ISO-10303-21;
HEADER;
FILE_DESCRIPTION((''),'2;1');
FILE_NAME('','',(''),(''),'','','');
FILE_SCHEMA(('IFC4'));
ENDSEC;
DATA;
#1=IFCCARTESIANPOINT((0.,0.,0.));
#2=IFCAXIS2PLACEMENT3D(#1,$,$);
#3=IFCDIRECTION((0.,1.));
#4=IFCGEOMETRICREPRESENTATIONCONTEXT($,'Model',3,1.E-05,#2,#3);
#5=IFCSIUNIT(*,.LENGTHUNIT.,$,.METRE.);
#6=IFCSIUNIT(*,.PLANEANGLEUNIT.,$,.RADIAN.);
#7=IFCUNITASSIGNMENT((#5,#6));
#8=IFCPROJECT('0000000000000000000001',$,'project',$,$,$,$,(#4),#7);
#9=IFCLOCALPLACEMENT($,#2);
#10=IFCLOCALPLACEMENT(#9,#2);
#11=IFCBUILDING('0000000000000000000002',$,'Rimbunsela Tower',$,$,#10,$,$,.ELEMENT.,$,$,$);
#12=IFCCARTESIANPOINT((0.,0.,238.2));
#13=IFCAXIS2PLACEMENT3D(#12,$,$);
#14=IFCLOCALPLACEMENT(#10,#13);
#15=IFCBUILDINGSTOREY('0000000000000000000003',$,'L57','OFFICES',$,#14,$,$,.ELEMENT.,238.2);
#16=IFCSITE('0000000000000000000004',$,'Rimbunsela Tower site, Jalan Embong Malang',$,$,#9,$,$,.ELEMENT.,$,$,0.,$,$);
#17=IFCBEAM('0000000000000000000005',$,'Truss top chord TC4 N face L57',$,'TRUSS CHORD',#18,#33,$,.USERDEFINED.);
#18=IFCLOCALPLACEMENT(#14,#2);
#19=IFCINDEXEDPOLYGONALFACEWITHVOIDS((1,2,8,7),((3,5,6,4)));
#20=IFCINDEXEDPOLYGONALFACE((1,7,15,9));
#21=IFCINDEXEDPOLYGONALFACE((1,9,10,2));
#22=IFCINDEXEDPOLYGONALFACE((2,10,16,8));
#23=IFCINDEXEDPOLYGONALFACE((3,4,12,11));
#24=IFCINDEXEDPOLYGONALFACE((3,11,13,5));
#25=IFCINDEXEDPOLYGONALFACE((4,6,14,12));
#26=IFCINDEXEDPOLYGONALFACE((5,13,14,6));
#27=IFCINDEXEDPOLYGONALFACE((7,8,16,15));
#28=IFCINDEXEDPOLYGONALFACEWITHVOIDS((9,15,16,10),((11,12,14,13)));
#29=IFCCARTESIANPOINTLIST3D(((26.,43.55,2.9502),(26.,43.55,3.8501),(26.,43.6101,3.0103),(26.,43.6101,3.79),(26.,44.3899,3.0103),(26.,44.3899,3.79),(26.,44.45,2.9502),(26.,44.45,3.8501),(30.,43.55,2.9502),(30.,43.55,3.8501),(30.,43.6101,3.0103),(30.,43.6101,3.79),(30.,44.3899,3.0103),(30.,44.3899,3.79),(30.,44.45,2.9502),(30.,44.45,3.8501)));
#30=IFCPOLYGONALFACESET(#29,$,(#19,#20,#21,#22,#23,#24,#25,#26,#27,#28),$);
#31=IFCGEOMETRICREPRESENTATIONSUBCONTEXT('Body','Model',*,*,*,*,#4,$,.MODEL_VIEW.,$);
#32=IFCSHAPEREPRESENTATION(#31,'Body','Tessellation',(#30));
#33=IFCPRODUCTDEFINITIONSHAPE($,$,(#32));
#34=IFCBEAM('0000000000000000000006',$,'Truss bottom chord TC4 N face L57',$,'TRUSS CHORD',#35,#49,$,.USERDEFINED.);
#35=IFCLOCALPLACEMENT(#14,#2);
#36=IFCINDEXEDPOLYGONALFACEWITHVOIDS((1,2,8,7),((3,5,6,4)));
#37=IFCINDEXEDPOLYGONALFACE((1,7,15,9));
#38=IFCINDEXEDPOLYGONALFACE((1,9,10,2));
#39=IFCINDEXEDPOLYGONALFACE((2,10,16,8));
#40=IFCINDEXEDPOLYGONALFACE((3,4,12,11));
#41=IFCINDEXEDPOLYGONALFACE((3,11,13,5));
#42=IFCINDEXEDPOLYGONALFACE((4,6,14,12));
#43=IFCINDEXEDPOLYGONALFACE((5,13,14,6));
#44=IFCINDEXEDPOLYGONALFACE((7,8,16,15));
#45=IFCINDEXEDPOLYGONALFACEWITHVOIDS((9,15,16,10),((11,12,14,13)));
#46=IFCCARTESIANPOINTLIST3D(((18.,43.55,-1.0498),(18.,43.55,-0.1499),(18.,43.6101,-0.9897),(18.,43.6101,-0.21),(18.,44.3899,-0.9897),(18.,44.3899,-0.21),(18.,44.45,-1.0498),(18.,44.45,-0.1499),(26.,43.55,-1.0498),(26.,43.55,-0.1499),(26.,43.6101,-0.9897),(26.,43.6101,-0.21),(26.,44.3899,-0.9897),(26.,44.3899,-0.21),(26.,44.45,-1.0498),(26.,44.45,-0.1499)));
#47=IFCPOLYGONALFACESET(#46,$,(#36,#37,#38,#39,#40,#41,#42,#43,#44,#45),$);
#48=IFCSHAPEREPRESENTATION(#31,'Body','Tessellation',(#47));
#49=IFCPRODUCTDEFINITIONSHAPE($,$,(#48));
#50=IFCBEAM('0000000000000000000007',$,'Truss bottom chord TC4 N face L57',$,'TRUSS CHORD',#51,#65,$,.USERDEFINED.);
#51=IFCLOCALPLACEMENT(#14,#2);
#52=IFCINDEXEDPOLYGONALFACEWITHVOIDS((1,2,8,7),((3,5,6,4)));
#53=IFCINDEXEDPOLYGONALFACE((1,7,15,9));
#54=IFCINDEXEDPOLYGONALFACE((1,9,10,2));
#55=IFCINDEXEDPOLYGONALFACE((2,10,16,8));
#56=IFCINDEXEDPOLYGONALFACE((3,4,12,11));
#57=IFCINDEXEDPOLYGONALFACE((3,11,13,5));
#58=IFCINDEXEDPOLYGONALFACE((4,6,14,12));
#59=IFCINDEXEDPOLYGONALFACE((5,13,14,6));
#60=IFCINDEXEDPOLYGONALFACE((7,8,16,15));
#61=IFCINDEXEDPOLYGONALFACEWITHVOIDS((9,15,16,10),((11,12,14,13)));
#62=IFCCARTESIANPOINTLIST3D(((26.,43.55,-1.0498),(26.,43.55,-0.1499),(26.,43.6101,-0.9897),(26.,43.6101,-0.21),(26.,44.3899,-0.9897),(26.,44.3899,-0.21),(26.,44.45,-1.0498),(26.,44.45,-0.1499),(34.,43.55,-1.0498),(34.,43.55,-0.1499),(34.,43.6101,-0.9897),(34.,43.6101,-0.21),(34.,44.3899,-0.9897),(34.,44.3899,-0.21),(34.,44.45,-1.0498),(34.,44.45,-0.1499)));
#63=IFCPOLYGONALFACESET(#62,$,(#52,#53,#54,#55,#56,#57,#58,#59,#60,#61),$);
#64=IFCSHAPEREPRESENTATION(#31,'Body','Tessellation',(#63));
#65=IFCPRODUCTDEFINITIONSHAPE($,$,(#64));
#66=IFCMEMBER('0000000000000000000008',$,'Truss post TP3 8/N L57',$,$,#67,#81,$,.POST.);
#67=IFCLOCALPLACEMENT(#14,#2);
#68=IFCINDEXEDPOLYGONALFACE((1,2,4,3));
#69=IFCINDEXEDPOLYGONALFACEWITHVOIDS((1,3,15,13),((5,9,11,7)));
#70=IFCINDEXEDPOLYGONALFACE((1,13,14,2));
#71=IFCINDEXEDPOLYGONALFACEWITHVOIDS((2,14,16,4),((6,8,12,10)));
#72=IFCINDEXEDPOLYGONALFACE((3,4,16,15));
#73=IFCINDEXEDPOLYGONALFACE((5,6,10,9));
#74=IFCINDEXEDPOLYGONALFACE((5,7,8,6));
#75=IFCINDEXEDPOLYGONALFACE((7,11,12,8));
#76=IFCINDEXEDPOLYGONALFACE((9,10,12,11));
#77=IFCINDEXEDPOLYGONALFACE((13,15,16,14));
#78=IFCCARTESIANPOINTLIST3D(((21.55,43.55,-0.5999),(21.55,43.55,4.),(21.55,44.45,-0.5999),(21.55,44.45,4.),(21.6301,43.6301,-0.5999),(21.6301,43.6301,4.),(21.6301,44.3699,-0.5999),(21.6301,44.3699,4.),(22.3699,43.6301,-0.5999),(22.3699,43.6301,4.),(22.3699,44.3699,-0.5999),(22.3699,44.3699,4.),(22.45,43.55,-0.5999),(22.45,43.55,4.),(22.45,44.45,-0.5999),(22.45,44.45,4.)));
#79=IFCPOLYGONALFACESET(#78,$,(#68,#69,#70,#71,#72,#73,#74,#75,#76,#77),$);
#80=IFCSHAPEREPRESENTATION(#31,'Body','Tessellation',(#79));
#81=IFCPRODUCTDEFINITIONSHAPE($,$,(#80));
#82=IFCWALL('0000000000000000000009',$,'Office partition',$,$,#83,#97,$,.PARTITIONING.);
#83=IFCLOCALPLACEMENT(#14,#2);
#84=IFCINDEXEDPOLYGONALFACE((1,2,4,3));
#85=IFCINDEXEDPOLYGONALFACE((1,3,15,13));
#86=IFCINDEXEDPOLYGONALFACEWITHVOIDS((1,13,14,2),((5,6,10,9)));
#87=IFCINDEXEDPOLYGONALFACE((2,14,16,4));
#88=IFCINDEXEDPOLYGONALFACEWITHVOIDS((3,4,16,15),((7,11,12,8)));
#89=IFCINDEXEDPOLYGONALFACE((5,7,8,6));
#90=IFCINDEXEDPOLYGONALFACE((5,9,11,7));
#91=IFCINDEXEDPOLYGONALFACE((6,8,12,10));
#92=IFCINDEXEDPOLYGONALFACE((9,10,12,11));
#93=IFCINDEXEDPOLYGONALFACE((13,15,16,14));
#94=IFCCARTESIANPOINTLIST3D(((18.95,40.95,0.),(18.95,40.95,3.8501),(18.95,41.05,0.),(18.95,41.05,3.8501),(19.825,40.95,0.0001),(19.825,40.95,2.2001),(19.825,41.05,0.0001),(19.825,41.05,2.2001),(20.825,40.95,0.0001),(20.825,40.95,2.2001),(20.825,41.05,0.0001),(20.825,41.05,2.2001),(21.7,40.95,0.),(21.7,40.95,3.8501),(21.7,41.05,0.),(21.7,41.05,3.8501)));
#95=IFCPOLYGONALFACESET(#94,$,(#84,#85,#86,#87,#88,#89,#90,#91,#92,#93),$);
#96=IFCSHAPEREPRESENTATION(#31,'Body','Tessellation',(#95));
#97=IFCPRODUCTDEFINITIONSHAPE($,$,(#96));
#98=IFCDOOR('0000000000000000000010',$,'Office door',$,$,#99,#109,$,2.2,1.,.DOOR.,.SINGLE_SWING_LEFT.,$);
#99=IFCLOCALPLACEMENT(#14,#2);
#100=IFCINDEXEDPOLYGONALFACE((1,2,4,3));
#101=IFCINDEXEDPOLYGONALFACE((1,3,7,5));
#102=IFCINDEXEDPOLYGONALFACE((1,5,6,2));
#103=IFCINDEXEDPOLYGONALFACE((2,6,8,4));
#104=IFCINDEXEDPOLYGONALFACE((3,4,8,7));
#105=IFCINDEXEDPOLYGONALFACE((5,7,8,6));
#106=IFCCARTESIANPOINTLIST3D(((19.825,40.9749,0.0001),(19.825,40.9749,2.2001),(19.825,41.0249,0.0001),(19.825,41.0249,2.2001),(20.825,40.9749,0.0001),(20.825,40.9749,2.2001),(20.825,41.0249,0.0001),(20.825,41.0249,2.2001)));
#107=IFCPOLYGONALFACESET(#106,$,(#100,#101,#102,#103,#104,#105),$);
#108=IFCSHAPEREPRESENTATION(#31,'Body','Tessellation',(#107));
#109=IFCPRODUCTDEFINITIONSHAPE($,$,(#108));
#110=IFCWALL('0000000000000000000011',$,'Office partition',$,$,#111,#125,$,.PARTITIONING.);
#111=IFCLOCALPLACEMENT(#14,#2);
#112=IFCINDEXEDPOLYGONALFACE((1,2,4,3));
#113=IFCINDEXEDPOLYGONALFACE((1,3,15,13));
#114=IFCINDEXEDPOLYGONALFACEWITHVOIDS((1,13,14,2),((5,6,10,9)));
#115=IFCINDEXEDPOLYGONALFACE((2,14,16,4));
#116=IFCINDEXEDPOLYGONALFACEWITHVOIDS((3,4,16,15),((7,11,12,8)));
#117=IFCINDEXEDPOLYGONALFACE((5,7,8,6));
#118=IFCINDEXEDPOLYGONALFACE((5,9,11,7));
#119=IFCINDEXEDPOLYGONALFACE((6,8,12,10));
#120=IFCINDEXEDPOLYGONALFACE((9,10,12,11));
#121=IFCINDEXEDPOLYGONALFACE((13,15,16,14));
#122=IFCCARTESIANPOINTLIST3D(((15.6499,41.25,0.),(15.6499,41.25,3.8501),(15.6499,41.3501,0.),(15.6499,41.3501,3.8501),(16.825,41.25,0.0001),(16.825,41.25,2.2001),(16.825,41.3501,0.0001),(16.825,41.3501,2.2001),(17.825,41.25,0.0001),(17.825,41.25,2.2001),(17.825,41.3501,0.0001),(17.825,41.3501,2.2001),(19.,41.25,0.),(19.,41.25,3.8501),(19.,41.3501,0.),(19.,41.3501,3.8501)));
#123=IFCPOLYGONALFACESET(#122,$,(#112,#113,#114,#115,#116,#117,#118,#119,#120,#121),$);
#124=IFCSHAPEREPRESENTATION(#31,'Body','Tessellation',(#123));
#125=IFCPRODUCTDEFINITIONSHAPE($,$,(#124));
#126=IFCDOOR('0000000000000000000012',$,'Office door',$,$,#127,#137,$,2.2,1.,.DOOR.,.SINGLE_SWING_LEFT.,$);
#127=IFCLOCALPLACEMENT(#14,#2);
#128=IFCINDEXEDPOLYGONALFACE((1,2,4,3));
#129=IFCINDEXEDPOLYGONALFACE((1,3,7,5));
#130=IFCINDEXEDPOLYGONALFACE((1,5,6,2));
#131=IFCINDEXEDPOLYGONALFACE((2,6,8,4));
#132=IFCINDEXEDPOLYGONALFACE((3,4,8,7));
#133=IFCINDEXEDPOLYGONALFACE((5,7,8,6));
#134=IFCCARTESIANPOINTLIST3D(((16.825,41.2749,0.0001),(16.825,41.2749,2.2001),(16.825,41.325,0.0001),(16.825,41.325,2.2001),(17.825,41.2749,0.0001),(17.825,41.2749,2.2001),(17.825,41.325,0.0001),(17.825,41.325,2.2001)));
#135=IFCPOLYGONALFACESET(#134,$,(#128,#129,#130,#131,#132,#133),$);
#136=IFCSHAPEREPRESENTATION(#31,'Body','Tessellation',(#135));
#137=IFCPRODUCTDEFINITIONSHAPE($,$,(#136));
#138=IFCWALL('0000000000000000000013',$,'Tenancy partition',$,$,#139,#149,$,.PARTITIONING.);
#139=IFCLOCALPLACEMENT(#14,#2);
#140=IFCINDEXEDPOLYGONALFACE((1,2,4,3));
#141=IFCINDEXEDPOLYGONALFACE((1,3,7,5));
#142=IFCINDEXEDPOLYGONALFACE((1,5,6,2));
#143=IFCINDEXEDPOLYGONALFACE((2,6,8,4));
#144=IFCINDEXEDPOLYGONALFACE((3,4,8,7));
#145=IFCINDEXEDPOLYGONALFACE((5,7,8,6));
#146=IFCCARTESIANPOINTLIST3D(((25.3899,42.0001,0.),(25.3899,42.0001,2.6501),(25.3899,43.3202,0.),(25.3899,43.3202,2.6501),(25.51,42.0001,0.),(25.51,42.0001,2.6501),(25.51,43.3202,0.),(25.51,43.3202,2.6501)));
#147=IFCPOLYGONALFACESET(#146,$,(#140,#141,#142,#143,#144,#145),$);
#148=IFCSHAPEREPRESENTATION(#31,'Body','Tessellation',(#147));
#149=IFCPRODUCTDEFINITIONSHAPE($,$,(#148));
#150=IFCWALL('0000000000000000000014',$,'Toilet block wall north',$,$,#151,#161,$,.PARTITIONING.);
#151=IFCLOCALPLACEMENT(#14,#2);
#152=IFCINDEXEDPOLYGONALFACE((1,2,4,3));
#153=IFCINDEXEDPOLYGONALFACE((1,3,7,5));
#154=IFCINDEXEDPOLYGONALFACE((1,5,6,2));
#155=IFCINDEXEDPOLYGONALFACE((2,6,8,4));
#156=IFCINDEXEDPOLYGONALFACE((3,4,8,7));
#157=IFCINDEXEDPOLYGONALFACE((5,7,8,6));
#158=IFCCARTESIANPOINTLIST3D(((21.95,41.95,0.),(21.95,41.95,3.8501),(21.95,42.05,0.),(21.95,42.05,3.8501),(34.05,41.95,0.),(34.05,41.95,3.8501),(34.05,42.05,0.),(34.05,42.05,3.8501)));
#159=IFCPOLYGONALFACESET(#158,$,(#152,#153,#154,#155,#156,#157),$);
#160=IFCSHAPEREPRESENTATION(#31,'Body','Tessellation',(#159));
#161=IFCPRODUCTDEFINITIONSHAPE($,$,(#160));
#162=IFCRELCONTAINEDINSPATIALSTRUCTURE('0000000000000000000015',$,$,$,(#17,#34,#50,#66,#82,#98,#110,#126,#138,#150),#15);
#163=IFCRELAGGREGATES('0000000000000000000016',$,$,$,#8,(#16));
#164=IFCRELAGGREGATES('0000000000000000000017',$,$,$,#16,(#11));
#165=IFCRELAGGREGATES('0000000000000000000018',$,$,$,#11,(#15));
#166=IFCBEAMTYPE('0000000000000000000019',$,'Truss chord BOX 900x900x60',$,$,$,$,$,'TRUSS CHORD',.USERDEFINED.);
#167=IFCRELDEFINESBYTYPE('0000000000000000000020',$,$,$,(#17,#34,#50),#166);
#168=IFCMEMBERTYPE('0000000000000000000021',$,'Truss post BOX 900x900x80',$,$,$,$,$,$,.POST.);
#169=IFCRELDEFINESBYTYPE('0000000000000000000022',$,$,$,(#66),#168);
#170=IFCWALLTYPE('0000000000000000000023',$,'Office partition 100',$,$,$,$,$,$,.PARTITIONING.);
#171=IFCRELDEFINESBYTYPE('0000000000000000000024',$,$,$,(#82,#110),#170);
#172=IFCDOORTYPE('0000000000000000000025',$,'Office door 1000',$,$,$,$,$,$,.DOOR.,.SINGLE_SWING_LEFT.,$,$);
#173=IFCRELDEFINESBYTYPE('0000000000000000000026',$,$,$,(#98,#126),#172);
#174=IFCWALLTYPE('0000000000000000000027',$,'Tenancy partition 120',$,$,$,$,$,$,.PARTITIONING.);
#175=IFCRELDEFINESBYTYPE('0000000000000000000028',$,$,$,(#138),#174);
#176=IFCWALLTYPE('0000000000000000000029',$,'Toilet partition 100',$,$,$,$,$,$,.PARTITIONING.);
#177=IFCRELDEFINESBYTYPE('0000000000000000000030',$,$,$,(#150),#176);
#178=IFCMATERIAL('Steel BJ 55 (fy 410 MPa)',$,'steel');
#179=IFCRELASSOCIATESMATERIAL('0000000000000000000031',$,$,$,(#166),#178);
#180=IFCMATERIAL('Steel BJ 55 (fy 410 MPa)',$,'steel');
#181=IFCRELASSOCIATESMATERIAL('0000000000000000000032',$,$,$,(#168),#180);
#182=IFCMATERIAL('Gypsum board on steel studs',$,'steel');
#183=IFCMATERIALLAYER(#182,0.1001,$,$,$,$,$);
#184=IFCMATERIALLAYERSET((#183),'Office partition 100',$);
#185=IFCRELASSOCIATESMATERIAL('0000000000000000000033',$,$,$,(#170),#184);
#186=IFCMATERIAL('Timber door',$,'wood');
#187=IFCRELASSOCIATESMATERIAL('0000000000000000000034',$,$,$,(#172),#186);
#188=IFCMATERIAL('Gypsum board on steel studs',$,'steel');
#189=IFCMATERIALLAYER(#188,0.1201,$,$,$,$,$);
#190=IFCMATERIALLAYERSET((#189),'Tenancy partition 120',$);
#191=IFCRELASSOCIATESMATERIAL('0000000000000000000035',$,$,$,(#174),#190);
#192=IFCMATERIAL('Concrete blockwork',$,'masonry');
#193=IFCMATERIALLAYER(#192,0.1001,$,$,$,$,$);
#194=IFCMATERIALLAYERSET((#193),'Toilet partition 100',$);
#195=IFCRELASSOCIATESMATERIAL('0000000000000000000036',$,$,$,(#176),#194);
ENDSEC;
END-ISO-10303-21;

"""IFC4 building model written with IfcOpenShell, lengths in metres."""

from ifc_helpers import new_model, si_unit, direction, frame, frame_2d, origin, origin_2d, place, context, subcontext, project, spatial, rectangle, hollow_rectangle, extrude, material, layer, layer_set, material_profile, profile_set, type_object, element, fill, save


model = new_model("IFC4")

# Units and contexts
model_context = context("Model", 3, precision=1e-05, world=origin(), true_north=direction((0.0, 1.0)))
body_context = subcontext(model_context, "Body", "Model", "MODEL_VIEW")
ifc_project = project(units=[si_unit("LENGTHUNIT", "METRE"), si_unit("PLANEANGLEUNIT", "RADIAN")], contexts=[model_context])

# Site, building, storey
site_placement = place(None, origin())
site = spatial("IfcSite", under=ifc_project, at=site_placement, Name="Rimbunsela Tower site, Jalan Embong Malang", CompositionType="ELEMENT", RefElevation=0.0)
building_placement = place(site_placement, origin())
building = spatial("IfcBuilding", under=site, at=building_placement, Name="Rimbunsela Tower", CompositionType="ELEMENT")
storey_placement = place(building_placement, frame((0.0, 0.0, 238.2)))
storey = spatial("IfcBuildingStorey", under=building, at=storey_placement, Name="L57", Description="OFFICES", CompositionType="ELEMENT", Elevation=238.2)

# Beams
ifc_material_1 = material(Name="Steel BJ 55 (fy 410 MPa)", Category="steel")
ifc_material_profile_1 = material_profile(ifc_material_1, hollow_rectangle(XDim=0.8999, YDim=0.8999, WallThickness=0.0601, at=origin_2d()), Name="BOX 900x900x60")
ifc_profile_set_1 = profile_set([ifc_material_profile_1], Name="Steel BJ 55 (fy 410 MPa)")
beam_type_1 = type_object("IfcBeamType", Name="Truss chord BOX 900x900x60", ElementType="TRUSS CHORD", PredefinedType="USERDEFINED", material=ifc_profile_set_1)
for number, where, z_axis, x_axis, name in (
    (1, (26.0, 44.0, 3.4001), (1.0, 0.0, 0.0), (0.0, 1.0, 0.0), "Truss top chord TC4 N face L57"),
):
    element("IfcBeam", number, at=place(storey_placement, frame(where, z_axis=z_axis, x_axis=x_axis)), inside=storey, type_object=beam_type_1, Name=name, ObjectType="TRUSS CHORD", PredefinedType="USERDEFINED", context=body_context, shape_type="SweptSolid", body=[
        extrude(hollow_rectangle(XDim=0.8999, YDim=0.8999, WallThickness=0.0601, at=origin_2d()), origin(), (0.0, 0.0, 1.0), 4.0),
    ])
for number, where, z_axis, x_axis, name in (
    (2, (18.0, 44.0, -0.5999), (1.0, 0.0, 0.0), (0.0, 1.0, 0.0), "Truss bottom chord TC4 N face L57"),
    (3, (26.0, 44.0, -0.5999), (1.0, 0.0, 0.0), (0.0, 1.0, 0.0), "Truss bottom chord TC4 N face L57"),
):
    element("IfcBeam", number, at=place(storey_placement, frame(where, z_axis=z_axis, x_axis=x_axis)), inside=storey, type_object=beam_type_1, Name=name, ObjectType="TRUSS CHORD", PredefinedType="USERDEFINED", context=body_context, shape_type="SweptSolid", body=[
        extrude(hollow_rectangle(XDim=0.8999, YDim=0.8999, WallThickness=0.0601, at=origin_2d()), origin(), (0.0, 0.0, 1.0), 8.0),
    ])

# Member
ifc_material_2 = material(Name="Steel BJ 55 (fy 410 MPa)", Category="steel")
ifc_material_profile_2 = material_profile(ifc_material_2, hollow_rectangle(XDim=0.8999, YDim=0.8999, WallThickness=0.0801, at=origin_2d()), Name="BOX 900x900x80")
ifc_profile_set_2 = profile_set([ifc_material_profile_2], Name="Steel BJ 55 (fy 410 MPa)")
member_type_1 = type_object("IfcMemberType", Name="Truss post BOX 900x900x80", PredefinedType="POST", material=ifc_profile_set_2)
member_1_placement = place(storey_placement, frame((22.0, 44.0, -0.5999), z_axis=(0.0, 0.0, 1.0), x_axis=(1.0, 0.0, 0.0)))
element("IfcMember", 4, at=member_1_placement, inside=storey, type_object=member_type_1, Name="Truss post TP3 8/N L57", PredefinedType="POST", context=body_context, shape_type="SweptSolid", body=[
    extrude(hollow_rectangle(XDim=0.8999, YDim=0.8999, WallThickness=0.0801, at=origin_2d()), origin(), (0.0, 0.0, 1.0), 4.5999),
])

# Walls, openings, doors
ifc_material_3 = material(Name="Gypsum board on steel studs", Category="steel")
ifc_layer_1 = layer(ifc_material_3, 0.1001)
ifc_layer_set_1 = layer_set([ifc_layer_1], Name="Office partition 100")
wall_type_1 = type_object("IfcWallType", Name="Office partition 100", PredefinedType="PARTITIONING", material=ifc_layer_set_1)
wall_1_placement = place(storey_placement, frame((18.95, 41.0, 0.0), z_axis=(0.0, 0.0, 1.0), x_axis=(1.0, 0.0, 0.0)))
wall_1 = element("IfcWall", 5, at=wall_1_placement, inside=storey, type_object=wall_type_1, Name="Office partition", PredefinedType="PARTITIONING", context=body_context, shape_type="SweptSolid", body=[
    extrude(rectangle(XDim=2.75, YDim=0.1001, at=frame_2d((1.375, 0.0))), origin(), (0.0, 0.0, 1.0), 3.8501),
])
opening_1_placement = place(wall_1_placement, frame((0.875, 0.0, 0.0)))
opening_1 = element("IfcOpeningElement", 6, at=opening_1_placement, cuts=wall_1, PredefinedType="OPENING", context=body_context, shape_type="SweptSolid", body=[
    extrude(rectangle(XDim=1.0, YDim=2.2, at=frame_2d((0.5, 1.1001))), frame((0.0, 0.0601, 0.0), z_axis=(0.0, -1.0, 0.0), x_axis=(1.0, 0.0, 0.0)), (0.0, 0.0, 1.0), 0.1201),
])
ifc_material_4 = material(Name="Timber door", Category="wood")
door_type = type_object("IfcDoorType", Name="Office door 1000", OperationType="SINGLE_SWING_LEFT", PredefinedType="DOOR", material=ifc_material_4)
door_1_placement = place(opening_1_placement, origin())
door_1 = element("IfcDoor", 7, at=door_1_placement, inside=storey, type_object=door_type, Name="Office door", OperationType="SINGLE_SWING_LEFT", OverallHeight=2.2, OverallWidth=1.0, PredefinedType="DOOR", context=body_context, shape_type="SweptSolid", body=[
    extrude(rectangle(XDim=1.0, YDim=2.2, at=frame_2d((0.5, 1.1001))), frame((0.0, 0.0249, 0.0), z_axis=(0.0, -1.0, 0.0), x_axis=(1.0, 0.0, 0.0)), (0.0, 0.0, 1.0), 0.05),
])
fill(opening_1, door_1)
wall_2_placement = place(storey_placement, frame((15.6499, 41.3, 0.0), z_axis=(0.0, 0.0, 1.0), x_axis=(1.0, 0.0, 0.0)))
wall_2 = element("IfcWall", 8, at=wall_2_placement, inside=storey, type_object=wall_type_1, Name="Office partition", PredefinedType="PARTITIONING", context=body_context, shape_type="SweptSolid", body=[
    extrude(rectangle(XDim=3.3501, YDim=0.1001, at=frame_2d((1.675, 0.0))), origin(), (0.0, 0.0, 1.0), 3.8501),
])
opening_2_placement = place(wall_2_placement, frame((1.175, 0.0, 0.0)))
opening_2 = element("IfcOpeningElement", 9, at=opening_2_placement, cuts=wall_2, PredefinedType="OPENING", context=body_context, shape_type="SweptSolid", body=[
    extrude(rectangle(XDim=1.0, YDim=2.2, at=frame_2d((0.5, 1.1001))), frame((0.0, 0.0601, 0.0), z_axis=(0.0, -1.0, 0.0), x_axis=(1.0, 0.0, 0.0)), (0.0, 0.0, 1.0), 0.1201),
])
door_2_placement = place(opening_2_placement, origin())
door_2 = element("IfcDoor", 10, at=door_2_placement, inside=storey, type_object=door_type, Name="Office door", OperationType="SINGLE_SWING_LEFT", OverallHeight=2.2, OverallWidth=1.0, PredefinedType="DOOR", context=body_context, shape_type="SweptSolid", body=[
    extrude(rectangle(XDim=1.0, YDim=2.2, at=frame_2d((0.5, 1.1001))), frame((0.0, 0.0249, 0.0), z_axis=(0.0, -1.0, 0.0), x_axis=(1.0, 0.0, 0.0)), (0.0, 0.0, 1.0), 0.05),
])
fill(opening_2, door_2)

# Walls
ifc_material_5 = material(Name="Gypsum board on steel studs", Category="steel")
ifc_layer_2 = layer(ifc_material_5, 0.1201)
ifc_layer_set_2 = layer_set([ifc_layer_2], Name="Tenancy partition 120")
wall_type_2 = type_object("IfcWallType", Name="Tenancy partition 120", PredefinedType="PARTITIONING", material=ifc_layer_set_2)
wall_3_placement = place(storey_placement, frame((25.45, 42.0, 0.0), z_axis=(0.0, 0.0, 1.0), x_axis=(0.0, 1.0, 0.0)))
element("IfcWall", 11, at=wall_3_placement, inside=storey, type_object=wall_type_2, Name="Tenancy partition", PredefinedType="PARTITIONING", context=body_context, shape_type="SweptSolid", body=[
    extrude(rectangle(XDim=1.3201, YDim=0.1201, at=frame_2d((0.6602, 0.0))), origin(), (0.0, 0.0, 1.0), 2.6501),
])
ifc_material_6 = material(Name="Concrete blockwork", Category="masonry")
ifc_layer_3 = layer(ifc_material_6, 0.1001)
ifc_layer_set_3 = layer_set([ifc_layer_3], Name="Toilet partition 100")
wall_type_3 = type_object("IfcWallType", Name="Toilet partition 100", PredefinedType="PARTITIONING", material=ifc_layer_set_3)
wall_4_placement = place(storey_placement, frame((21.95, 42.0, 0.0), z_axis=(0.0, 0.0, 1.0), x_axis=(1.0, 0.0, 0.0)))
element("IfcWall", 12, at=wall_4_placement, inside=storey, type_object=wall_type_3, Name="Toilet block wall north", PredefinedType="PARTITIONING", context=body_context, shape_type="SweptSolid", body=[
    extrude(rectangle(XDim=12.1001, YDim=0.1001, at=frame_2d((6.05, 0.0))), origin(), (0.0, 0.0, 1.0), 3.8501),
])

save(model, "model.ifc")
